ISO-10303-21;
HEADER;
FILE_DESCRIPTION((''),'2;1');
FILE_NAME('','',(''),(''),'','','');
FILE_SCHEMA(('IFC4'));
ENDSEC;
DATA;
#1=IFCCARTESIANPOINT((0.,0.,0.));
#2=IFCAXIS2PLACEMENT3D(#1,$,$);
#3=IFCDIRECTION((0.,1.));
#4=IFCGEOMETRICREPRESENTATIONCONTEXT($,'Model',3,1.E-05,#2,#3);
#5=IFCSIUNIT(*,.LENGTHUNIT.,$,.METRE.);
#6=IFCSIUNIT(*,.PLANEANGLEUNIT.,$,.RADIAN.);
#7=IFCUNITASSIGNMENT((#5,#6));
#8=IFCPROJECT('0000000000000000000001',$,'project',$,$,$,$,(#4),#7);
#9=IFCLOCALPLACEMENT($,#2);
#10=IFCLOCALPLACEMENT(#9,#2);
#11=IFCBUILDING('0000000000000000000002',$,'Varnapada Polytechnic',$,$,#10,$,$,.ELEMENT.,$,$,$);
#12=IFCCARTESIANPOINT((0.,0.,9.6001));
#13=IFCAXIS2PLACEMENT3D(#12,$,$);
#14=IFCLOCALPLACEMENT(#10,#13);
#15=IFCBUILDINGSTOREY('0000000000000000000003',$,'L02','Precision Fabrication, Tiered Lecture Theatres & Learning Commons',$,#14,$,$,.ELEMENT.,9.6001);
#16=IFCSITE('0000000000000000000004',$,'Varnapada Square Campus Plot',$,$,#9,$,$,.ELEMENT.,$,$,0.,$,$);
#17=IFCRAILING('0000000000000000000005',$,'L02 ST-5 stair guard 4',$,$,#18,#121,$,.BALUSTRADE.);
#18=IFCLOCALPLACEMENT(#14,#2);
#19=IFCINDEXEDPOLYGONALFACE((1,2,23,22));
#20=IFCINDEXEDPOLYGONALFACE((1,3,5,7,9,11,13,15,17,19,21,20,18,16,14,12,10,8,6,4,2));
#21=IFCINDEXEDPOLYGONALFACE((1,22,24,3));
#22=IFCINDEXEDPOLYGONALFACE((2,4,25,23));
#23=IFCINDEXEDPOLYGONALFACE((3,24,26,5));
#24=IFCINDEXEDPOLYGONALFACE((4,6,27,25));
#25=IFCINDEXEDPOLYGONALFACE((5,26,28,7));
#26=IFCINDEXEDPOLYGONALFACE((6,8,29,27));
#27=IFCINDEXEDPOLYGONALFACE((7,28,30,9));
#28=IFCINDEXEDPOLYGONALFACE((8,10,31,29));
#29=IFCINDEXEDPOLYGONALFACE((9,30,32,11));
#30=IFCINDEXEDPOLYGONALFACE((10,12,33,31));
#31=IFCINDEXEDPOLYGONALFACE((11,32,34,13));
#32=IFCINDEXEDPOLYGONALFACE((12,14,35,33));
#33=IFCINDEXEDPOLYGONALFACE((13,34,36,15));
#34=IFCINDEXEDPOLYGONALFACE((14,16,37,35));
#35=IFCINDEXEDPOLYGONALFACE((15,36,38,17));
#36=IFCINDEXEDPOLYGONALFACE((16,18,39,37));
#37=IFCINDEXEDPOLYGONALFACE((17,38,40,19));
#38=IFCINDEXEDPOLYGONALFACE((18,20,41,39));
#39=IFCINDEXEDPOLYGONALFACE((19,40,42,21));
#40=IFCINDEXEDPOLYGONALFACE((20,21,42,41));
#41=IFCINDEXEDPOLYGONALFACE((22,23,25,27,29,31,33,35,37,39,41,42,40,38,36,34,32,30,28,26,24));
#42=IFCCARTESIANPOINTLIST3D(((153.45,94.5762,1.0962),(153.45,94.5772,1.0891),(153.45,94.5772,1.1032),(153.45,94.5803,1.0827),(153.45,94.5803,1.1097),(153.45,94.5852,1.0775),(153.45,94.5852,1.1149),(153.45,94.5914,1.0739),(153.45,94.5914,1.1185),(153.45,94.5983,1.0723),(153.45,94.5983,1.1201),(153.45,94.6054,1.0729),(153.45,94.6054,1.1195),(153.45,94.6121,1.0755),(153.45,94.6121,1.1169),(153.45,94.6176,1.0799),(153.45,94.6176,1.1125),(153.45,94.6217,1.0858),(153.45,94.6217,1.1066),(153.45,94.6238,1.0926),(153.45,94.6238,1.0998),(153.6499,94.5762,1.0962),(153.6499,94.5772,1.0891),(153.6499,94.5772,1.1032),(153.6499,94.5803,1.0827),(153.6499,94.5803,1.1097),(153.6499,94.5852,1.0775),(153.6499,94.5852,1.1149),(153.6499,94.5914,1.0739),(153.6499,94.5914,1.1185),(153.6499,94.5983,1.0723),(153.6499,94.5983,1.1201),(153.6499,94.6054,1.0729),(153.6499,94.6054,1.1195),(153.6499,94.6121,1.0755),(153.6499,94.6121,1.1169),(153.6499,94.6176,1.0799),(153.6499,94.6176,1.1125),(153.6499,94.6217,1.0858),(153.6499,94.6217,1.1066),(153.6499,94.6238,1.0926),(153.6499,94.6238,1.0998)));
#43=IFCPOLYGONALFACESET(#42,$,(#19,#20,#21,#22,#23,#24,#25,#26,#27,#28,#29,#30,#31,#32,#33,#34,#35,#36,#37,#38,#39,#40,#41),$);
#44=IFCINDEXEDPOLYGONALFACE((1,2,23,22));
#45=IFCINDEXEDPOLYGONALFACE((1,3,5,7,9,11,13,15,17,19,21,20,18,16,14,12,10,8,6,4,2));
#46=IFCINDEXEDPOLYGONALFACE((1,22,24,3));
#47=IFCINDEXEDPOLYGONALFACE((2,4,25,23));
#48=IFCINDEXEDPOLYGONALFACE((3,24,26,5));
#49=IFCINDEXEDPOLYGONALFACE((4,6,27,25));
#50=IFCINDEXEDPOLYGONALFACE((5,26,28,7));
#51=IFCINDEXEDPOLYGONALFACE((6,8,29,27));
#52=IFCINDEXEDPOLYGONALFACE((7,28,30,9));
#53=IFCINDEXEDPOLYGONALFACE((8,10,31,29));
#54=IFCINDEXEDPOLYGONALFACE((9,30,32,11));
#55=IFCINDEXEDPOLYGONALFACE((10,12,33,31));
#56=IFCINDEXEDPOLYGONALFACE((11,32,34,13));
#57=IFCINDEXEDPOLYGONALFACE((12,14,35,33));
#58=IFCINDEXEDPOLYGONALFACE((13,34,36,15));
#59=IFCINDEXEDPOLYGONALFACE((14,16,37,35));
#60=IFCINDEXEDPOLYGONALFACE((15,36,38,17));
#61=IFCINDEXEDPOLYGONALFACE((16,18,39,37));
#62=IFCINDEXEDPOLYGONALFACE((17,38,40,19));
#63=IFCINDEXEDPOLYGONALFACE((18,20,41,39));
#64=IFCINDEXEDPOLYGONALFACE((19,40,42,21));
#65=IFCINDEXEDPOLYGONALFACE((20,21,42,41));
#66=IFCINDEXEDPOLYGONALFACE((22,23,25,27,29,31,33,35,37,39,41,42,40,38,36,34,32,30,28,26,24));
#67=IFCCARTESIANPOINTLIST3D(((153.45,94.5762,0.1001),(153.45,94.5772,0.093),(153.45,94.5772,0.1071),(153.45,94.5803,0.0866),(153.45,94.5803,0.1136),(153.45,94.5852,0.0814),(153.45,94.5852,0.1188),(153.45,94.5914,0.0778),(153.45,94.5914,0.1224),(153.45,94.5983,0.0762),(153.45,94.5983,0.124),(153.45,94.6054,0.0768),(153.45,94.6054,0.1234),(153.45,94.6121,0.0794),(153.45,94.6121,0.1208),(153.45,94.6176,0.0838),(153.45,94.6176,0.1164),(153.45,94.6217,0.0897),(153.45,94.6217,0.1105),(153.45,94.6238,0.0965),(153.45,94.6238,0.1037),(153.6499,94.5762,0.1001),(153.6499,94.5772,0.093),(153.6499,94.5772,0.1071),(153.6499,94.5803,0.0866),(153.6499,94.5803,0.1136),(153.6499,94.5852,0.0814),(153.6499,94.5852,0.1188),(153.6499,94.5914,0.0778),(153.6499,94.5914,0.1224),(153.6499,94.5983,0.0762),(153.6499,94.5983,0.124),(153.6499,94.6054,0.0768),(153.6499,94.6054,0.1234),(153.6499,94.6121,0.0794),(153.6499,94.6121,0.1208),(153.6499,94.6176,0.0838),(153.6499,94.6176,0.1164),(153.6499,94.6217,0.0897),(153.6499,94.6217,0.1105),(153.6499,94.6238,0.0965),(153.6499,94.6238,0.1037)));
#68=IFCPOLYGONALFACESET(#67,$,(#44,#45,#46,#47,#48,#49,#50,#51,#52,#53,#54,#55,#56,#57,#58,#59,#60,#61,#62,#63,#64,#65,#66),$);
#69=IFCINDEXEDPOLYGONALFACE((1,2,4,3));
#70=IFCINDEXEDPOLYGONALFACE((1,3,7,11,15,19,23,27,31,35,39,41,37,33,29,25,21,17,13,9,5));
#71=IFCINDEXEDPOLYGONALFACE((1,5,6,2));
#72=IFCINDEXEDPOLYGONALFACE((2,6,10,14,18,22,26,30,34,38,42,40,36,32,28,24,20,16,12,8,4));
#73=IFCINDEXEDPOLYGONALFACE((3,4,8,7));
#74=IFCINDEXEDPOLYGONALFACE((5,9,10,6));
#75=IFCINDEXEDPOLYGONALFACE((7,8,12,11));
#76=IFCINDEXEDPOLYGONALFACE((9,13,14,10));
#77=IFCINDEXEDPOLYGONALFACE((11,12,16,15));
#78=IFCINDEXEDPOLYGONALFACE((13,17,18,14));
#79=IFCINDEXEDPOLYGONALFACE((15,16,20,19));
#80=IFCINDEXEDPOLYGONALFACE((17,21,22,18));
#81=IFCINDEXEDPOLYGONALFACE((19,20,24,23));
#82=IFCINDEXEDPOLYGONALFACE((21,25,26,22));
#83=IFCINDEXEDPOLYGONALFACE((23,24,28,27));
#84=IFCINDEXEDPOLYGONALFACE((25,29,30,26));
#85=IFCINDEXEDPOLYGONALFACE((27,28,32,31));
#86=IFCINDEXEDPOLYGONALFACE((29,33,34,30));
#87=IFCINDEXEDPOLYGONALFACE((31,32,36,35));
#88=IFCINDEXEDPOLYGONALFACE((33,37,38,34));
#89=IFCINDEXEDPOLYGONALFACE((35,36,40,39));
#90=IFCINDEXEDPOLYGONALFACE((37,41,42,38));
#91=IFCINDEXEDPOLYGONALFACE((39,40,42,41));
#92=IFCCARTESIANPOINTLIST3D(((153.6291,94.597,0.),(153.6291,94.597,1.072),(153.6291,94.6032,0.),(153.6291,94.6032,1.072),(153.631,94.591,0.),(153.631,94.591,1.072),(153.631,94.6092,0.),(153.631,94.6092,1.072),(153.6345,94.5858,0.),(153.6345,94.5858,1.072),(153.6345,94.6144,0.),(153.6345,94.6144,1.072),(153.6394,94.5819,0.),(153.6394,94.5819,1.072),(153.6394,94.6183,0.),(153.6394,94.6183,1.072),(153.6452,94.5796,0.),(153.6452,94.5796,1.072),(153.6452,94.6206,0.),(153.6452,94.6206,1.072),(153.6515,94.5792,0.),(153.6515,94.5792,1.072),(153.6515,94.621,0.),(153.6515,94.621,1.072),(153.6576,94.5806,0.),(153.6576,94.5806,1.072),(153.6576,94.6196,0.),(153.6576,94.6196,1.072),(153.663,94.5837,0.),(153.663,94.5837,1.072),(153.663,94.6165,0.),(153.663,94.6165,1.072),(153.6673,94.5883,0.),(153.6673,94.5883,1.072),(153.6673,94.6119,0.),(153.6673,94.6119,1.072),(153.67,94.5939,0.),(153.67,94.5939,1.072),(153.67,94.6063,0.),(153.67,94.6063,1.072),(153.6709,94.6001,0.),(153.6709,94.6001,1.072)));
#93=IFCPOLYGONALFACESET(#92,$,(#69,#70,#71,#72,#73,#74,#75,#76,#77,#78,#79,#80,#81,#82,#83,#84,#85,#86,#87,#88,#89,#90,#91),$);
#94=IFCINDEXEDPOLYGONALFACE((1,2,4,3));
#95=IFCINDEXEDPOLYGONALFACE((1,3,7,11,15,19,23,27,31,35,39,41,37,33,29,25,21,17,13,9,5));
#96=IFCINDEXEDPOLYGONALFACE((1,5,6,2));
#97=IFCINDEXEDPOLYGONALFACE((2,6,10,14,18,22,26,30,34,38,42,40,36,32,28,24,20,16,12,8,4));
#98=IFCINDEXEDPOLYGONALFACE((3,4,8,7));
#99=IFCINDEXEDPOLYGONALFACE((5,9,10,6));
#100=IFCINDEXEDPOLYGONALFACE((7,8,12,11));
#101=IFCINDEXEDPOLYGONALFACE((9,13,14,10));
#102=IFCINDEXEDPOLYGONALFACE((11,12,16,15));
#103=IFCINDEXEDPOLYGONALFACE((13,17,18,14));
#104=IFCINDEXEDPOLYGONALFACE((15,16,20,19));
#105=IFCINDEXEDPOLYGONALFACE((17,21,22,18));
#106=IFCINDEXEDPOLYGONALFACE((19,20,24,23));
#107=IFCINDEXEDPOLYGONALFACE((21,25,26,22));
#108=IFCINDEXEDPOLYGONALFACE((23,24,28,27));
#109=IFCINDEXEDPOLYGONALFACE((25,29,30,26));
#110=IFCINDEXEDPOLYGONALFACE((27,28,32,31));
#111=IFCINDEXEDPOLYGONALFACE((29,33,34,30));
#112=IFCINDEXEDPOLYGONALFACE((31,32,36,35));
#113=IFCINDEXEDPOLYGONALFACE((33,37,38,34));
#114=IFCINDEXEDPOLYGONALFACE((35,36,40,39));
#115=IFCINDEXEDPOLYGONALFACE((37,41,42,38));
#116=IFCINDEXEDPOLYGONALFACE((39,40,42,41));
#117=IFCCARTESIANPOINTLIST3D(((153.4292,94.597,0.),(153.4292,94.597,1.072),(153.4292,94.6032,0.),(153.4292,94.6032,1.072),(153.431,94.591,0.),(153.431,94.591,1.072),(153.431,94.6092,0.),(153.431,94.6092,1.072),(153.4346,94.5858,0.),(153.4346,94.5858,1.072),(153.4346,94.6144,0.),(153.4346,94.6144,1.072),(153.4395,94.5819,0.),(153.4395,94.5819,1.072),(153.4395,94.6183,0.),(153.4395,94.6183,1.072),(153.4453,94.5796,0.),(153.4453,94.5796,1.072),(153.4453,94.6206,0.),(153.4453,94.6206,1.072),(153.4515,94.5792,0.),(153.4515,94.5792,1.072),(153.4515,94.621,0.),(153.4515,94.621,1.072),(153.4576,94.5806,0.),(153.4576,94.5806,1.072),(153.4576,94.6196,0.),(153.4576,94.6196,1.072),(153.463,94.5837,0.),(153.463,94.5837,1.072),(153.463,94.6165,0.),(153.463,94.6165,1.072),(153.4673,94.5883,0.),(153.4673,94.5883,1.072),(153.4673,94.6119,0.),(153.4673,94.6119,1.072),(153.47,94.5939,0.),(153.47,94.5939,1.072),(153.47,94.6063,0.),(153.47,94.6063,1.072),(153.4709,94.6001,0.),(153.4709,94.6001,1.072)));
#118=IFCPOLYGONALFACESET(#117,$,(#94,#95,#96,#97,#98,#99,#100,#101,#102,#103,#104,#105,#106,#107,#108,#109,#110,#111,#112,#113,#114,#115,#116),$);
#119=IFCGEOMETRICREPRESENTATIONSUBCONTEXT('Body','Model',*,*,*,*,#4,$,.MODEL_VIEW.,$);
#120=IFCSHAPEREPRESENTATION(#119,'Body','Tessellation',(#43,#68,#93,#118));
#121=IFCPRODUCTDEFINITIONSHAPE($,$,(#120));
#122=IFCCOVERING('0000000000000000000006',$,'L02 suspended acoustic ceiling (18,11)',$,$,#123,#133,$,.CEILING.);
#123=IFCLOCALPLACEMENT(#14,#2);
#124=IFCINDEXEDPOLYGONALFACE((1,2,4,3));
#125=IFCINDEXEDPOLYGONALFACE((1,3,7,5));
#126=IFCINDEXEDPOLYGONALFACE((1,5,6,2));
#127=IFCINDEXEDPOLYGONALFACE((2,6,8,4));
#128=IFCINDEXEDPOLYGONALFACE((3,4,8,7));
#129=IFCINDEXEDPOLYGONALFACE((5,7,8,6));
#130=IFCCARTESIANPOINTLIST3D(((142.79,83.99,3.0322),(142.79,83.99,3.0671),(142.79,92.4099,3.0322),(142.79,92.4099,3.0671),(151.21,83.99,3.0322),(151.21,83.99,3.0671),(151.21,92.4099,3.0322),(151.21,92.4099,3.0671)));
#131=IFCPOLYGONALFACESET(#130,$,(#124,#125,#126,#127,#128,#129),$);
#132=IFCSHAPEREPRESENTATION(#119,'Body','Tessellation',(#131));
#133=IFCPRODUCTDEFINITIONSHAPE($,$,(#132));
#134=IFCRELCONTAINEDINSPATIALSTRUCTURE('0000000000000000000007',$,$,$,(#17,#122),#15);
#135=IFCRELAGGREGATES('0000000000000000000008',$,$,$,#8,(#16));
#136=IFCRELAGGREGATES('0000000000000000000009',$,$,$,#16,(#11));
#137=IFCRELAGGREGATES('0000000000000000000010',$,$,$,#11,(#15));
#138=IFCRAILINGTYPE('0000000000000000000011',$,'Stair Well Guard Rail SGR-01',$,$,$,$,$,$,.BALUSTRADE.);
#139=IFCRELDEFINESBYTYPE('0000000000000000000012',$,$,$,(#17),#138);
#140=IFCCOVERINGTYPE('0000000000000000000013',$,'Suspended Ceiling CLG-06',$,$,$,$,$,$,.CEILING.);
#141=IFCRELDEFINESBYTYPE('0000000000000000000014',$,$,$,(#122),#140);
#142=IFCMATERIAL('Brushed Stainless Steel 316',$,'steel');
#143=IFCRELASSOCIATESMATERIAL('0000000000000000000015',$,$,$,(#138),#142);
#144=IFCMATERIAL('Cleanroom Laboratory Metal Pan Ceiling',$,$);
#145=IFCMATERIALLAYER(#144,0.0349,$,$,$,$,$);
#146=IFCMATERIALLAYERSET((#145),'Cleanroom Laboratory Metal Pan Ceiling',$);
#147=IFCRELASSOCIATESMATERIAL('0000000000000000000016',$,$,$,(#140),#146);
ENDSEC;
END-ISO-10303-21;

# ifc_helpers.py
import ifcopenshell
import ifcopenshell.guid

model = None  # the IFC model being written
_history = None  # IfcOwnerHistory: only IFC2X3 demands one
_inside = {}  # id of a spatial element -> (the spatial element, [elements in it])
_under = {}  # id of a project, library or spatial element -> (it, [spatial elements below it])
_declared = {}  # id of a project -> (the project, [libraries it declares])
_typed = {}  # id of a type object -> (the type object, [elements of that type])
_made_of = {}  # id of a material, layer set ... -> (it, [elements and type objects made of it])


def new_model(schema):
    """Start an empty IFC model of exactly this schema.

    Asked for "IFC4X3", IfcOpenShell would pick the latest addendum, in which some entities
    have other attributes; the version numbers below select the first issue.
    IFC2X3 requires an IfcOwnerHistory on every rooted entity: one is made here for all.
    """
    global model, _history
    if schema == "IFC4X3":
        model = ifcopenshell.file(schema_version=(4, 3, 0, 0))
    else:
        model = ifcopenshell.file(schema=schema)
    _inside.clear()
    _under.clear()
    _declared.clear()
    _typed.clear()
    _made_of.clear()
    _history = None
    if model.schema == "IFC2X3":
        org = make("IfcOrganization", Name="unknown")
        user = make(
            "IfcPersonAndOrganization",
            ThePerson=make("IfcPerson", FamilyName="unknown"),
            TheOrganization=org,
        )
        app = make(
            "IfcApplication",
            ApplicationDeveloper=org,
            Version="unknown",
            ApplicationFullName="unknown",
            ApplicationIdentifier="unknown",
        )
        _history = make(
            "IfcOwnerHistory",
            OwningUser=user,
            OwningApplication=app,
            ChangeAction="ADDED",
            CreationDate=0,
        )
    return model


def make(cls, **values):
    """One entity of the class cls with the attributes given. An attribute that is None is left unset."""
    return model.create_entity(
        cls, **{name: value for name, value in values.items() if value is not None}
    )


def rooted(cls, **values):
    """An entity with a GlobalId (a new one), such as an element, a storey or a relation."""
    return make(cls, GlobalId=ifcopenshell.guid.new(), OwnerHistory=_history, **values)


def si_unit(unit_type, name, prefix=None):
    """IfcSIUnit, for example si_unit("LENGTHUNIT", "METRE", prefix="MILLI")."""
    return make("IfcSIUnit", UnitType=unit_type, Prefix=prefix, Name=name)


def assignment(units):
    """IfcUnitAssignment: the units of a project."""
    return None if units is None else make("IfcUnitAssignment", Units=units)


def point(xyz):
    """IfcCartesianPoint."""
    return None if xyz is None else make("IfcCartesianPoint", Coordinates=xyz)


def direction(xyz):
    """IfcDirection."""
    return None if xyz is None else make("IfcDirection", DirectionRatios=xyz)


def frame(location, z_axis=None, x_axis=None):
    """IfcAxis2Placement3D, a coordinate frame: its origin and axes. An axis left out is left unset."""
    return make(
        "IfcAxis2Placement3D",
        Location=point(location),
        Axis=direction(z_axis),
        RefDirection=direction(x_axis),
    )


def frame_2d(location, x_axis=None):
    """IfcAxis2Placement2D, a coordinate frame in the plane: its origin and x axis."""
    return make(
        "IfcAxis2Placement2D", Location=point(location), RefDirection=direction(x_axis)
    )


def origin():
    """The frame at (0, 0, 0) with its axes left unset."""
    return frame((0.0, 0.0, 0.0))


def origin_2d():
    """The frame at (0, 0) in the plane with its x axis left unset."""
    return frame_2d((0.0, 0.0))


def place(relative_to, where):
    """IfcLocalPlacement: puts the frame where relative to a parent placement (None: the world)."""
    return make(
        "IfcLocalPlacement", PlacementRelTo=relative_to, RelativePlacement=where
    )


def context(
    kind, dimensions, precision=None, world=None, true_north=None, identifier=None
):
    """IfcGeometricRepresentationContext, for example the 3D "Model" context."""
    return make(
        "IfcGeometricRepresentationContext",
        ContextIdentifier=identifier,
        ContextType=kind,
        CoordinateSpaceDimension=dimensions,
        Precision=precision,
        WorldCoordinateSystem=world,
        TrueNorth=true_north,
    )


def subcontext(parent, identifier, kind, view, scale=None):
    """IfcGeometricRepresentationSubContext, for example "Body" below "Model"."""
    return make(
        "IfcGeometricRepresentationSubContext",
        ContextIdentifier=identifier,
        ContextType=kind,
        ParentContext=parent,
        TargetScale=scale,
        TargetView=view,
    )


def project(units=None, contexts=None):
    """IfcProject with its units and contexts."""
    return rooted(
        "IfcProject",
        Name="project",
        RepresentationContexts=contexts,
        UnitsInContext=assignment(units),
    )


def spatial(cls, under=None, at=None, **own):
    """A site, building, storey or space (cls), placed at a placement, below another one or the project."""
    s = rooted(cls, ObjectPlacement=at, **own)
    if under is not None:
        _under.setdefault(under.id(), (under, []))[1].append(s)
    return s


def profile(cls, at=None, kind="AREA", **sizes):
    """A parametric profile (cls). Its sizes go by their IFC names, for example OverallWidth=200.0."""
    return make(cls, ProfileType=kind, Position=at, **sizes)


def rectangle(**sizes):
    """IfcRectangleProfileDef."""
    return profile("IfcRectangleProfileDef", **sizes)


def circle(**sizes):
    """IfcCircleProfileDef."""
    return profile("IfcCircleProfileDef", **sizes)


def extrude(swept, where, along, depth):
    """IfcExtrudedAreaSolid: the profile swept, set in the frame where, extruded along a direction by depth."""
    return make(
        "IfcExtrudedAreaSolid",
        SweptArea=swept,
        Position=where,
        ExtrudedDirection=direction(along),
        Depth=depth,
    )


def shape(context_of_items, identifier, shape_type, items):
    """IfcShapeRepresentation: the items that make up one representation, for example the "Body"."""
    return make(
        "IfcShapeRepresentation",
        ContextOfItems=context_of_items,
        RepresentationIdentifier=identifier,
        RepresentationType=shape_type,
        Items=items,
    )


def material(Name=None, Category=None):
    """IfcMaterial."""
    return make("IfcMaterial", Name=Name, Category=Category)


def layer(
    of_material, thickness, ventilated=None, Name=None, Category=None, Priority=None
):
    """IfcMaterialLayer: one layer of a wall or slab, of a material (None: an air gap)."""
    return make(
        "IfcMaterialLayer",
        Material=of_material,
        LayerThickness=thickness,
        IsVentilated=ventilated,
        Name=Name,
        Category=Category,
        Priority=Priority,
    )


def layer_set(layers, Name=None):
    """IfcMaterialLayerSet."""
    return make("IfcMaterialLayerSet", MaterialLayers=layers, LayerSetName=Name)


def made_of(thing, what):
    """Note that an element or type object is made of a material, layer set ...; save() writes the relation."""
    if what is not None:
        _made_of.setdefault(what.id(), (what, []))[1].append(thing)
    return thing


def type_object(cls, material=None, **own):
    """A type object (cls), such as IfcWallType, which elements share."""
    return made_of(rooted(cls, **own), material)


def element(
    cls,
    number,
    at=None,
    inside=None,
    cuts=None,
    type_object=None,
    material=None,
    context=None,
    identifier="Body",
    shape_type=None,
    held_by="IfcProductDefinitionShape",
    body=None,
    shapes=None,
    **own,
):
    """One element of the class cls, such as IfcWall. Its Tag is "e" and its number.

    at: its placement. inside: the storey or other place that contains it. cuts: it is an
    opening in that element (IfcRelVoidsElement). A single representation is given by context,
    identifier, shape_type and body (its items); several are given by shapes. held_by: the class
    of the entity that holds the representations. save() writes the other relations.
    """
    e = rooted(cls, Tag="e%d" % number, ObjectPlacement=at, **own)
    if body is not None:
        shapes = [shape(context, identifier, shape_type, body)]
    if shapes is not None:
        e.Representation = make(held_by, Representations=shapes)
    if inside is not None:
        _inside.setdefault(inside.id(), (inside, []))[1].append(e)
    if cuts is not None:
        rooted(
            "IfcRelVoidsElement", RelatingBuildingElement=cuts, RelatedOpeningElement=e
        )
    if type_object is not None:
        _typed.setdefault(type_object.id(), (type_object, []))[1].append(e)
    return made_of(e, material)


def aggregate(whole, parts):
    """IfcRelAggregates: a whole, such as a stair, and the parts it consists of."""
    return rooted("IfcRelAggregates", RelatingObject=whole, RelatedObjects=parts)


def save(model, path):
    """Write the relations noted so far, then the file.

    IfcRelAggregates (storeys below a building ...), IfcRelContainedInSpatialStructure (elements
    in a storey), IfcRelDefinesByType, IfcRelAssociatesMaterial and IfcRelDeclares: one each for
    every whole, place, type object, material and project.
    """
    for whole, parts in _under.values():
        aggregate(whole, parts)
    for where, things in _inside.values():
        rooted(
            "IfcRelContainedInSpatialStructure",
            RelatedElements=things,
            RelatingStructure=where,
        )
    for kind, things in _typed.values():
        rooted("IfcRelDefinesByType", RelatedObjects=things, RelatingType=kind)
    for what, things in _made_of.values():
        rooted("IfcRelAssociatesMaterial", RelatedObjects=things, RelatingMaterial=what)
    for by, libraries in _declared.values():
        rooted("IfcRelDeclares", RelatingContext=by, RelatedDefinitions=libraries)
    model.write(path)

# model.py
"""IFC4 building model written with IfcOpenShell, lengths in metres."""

from ifc_helpers import new_model, si_unit, direction, frame, origin, origin_2d, place, context, subcontext, project, spatial, rectangle, circle, extrude, material, layer, layer_set, type_object, element, save


model = new_model("IFC4")

# Units and contexts
model_context = context("Model", 3, precision=1e-05, world=origin(), true_north=direction((0.0, 1.0)))
body_context = subcontext(model_context, "Body", "Model", "MODEL_VIEW")
ifc_project = project(units=[si_unit("LENGTHUNIT", "METRE"), si_unit("PLANEANGLEUNIT", "RADIAN")], contexts=[model_context])

# Site, building, storey
site_placement = place(None, origin())
site = spatial("IfcSite", under=ifc_project, at=site_placement, Name="Varnapada Square Campus Plot", CompositionType="ELEMENT", RefElevation=0.0)
building_placement = place(site_placement, origin())
building = spatial("IfcBuilding", under=site, at=building_placement, Name="Varnapada Polytechnic", CompositionType="ELEMENT")
storey_placement = place(building_placement, frame((0.0, 0.0, 9.6001)))
storey = spatial("IfcBuildingStorey", under=building, at=storey_placement, Name="L02", Description="Precision Fabrication, Tiered Lecture Theatres & Learning Commons", CompositionType="ELEMENT", Elevation=9.6001)

# Railing
ifc_material_1 = material(Name="Brushed Stainless Steel 316", Category="steel")
railing_type_1 = type_object("IfcRailingType", Name="Stair Well Guard Rail SGR-01", PredefinedType="BALUSTRADE", material=ifc_material_1)
railing_1_placement = place(storey_placement, frame((153.6499, 94.6001, 0.0)))
element("IfcRailing", 1, at=railing_1_placement, inside=storey, type_object=railing_type_1, Name="L02 ST-5 stair guard 4", PredefinedType="BALUSTRADE", context=body_context, shape_type="SweptSolid", body=[
    extrude(circle(Radius=0.0239, at=origin_2d()), frame((0.0, 0.0, 1.0962), z_axis=(-1.0, 0.0, 0.0), x_axis=(0.0, -1.0, 0.0)), (0.0, 0.0, 1.0), 0.2),
    extrude(circle(Radius=0.0239, at=origin_2d()), frame((0.0, 0.0, 0.1001), z_axis=(-1.0, 0.0, 0.0), x_axis=(0.0, -1.0, 0.0)), (0.0, 0.0, 1.0), 0.2),
    extrude(circle(Radius=0.021, at=origin_2d()), origin(), (0.0, 0.0, 1.0), 1.072),
    extrude(circle(Radius=0.021, at=origin_2d()), frame((-0.2, 0.0, 0.0)), (0.0, 0.0, 1.0), 1.072),
])

# Covering
ifc_material_2 = material(Name="Cleanroom Laboratory Metal Pan Ceiling")
ifc_layer_1 = layer(ifc_material_2, 0.0349)
ifc_layer_set_1 = layer_set([ifc_layer_1], Name="Cleanroom Laboratory Metal Pan Ceiling")
covering_type_1 = type_object("IfcCoveringType", Name="Suspended Ceiling CLG-06", PredefinedType="CEILING", material=ifc_layer_set_1)
covering_1_placement = place(storey_placement, frame((147.0, 88.2, 3.0322), z_axis=(0.0, 0.0, 1.0), x_axis=(1.0, 0.0, 0.0)))
element("IfcCovering", 2, at=covering_1_placement, inside=storey, type_object=covering_type_1, Name="L02 suspended acoustic ceiling (18,11)", PredefinedType="CEILING", context=body_context, shape_type="SweptSolid", body=[
    extrude(rectangle(XDim=8.4199, YDim=8.4199, at=origin_2d()), origin(), (0.0, 0.0, 1.0), 0.0349),
])

save(model, "model.ifc")
